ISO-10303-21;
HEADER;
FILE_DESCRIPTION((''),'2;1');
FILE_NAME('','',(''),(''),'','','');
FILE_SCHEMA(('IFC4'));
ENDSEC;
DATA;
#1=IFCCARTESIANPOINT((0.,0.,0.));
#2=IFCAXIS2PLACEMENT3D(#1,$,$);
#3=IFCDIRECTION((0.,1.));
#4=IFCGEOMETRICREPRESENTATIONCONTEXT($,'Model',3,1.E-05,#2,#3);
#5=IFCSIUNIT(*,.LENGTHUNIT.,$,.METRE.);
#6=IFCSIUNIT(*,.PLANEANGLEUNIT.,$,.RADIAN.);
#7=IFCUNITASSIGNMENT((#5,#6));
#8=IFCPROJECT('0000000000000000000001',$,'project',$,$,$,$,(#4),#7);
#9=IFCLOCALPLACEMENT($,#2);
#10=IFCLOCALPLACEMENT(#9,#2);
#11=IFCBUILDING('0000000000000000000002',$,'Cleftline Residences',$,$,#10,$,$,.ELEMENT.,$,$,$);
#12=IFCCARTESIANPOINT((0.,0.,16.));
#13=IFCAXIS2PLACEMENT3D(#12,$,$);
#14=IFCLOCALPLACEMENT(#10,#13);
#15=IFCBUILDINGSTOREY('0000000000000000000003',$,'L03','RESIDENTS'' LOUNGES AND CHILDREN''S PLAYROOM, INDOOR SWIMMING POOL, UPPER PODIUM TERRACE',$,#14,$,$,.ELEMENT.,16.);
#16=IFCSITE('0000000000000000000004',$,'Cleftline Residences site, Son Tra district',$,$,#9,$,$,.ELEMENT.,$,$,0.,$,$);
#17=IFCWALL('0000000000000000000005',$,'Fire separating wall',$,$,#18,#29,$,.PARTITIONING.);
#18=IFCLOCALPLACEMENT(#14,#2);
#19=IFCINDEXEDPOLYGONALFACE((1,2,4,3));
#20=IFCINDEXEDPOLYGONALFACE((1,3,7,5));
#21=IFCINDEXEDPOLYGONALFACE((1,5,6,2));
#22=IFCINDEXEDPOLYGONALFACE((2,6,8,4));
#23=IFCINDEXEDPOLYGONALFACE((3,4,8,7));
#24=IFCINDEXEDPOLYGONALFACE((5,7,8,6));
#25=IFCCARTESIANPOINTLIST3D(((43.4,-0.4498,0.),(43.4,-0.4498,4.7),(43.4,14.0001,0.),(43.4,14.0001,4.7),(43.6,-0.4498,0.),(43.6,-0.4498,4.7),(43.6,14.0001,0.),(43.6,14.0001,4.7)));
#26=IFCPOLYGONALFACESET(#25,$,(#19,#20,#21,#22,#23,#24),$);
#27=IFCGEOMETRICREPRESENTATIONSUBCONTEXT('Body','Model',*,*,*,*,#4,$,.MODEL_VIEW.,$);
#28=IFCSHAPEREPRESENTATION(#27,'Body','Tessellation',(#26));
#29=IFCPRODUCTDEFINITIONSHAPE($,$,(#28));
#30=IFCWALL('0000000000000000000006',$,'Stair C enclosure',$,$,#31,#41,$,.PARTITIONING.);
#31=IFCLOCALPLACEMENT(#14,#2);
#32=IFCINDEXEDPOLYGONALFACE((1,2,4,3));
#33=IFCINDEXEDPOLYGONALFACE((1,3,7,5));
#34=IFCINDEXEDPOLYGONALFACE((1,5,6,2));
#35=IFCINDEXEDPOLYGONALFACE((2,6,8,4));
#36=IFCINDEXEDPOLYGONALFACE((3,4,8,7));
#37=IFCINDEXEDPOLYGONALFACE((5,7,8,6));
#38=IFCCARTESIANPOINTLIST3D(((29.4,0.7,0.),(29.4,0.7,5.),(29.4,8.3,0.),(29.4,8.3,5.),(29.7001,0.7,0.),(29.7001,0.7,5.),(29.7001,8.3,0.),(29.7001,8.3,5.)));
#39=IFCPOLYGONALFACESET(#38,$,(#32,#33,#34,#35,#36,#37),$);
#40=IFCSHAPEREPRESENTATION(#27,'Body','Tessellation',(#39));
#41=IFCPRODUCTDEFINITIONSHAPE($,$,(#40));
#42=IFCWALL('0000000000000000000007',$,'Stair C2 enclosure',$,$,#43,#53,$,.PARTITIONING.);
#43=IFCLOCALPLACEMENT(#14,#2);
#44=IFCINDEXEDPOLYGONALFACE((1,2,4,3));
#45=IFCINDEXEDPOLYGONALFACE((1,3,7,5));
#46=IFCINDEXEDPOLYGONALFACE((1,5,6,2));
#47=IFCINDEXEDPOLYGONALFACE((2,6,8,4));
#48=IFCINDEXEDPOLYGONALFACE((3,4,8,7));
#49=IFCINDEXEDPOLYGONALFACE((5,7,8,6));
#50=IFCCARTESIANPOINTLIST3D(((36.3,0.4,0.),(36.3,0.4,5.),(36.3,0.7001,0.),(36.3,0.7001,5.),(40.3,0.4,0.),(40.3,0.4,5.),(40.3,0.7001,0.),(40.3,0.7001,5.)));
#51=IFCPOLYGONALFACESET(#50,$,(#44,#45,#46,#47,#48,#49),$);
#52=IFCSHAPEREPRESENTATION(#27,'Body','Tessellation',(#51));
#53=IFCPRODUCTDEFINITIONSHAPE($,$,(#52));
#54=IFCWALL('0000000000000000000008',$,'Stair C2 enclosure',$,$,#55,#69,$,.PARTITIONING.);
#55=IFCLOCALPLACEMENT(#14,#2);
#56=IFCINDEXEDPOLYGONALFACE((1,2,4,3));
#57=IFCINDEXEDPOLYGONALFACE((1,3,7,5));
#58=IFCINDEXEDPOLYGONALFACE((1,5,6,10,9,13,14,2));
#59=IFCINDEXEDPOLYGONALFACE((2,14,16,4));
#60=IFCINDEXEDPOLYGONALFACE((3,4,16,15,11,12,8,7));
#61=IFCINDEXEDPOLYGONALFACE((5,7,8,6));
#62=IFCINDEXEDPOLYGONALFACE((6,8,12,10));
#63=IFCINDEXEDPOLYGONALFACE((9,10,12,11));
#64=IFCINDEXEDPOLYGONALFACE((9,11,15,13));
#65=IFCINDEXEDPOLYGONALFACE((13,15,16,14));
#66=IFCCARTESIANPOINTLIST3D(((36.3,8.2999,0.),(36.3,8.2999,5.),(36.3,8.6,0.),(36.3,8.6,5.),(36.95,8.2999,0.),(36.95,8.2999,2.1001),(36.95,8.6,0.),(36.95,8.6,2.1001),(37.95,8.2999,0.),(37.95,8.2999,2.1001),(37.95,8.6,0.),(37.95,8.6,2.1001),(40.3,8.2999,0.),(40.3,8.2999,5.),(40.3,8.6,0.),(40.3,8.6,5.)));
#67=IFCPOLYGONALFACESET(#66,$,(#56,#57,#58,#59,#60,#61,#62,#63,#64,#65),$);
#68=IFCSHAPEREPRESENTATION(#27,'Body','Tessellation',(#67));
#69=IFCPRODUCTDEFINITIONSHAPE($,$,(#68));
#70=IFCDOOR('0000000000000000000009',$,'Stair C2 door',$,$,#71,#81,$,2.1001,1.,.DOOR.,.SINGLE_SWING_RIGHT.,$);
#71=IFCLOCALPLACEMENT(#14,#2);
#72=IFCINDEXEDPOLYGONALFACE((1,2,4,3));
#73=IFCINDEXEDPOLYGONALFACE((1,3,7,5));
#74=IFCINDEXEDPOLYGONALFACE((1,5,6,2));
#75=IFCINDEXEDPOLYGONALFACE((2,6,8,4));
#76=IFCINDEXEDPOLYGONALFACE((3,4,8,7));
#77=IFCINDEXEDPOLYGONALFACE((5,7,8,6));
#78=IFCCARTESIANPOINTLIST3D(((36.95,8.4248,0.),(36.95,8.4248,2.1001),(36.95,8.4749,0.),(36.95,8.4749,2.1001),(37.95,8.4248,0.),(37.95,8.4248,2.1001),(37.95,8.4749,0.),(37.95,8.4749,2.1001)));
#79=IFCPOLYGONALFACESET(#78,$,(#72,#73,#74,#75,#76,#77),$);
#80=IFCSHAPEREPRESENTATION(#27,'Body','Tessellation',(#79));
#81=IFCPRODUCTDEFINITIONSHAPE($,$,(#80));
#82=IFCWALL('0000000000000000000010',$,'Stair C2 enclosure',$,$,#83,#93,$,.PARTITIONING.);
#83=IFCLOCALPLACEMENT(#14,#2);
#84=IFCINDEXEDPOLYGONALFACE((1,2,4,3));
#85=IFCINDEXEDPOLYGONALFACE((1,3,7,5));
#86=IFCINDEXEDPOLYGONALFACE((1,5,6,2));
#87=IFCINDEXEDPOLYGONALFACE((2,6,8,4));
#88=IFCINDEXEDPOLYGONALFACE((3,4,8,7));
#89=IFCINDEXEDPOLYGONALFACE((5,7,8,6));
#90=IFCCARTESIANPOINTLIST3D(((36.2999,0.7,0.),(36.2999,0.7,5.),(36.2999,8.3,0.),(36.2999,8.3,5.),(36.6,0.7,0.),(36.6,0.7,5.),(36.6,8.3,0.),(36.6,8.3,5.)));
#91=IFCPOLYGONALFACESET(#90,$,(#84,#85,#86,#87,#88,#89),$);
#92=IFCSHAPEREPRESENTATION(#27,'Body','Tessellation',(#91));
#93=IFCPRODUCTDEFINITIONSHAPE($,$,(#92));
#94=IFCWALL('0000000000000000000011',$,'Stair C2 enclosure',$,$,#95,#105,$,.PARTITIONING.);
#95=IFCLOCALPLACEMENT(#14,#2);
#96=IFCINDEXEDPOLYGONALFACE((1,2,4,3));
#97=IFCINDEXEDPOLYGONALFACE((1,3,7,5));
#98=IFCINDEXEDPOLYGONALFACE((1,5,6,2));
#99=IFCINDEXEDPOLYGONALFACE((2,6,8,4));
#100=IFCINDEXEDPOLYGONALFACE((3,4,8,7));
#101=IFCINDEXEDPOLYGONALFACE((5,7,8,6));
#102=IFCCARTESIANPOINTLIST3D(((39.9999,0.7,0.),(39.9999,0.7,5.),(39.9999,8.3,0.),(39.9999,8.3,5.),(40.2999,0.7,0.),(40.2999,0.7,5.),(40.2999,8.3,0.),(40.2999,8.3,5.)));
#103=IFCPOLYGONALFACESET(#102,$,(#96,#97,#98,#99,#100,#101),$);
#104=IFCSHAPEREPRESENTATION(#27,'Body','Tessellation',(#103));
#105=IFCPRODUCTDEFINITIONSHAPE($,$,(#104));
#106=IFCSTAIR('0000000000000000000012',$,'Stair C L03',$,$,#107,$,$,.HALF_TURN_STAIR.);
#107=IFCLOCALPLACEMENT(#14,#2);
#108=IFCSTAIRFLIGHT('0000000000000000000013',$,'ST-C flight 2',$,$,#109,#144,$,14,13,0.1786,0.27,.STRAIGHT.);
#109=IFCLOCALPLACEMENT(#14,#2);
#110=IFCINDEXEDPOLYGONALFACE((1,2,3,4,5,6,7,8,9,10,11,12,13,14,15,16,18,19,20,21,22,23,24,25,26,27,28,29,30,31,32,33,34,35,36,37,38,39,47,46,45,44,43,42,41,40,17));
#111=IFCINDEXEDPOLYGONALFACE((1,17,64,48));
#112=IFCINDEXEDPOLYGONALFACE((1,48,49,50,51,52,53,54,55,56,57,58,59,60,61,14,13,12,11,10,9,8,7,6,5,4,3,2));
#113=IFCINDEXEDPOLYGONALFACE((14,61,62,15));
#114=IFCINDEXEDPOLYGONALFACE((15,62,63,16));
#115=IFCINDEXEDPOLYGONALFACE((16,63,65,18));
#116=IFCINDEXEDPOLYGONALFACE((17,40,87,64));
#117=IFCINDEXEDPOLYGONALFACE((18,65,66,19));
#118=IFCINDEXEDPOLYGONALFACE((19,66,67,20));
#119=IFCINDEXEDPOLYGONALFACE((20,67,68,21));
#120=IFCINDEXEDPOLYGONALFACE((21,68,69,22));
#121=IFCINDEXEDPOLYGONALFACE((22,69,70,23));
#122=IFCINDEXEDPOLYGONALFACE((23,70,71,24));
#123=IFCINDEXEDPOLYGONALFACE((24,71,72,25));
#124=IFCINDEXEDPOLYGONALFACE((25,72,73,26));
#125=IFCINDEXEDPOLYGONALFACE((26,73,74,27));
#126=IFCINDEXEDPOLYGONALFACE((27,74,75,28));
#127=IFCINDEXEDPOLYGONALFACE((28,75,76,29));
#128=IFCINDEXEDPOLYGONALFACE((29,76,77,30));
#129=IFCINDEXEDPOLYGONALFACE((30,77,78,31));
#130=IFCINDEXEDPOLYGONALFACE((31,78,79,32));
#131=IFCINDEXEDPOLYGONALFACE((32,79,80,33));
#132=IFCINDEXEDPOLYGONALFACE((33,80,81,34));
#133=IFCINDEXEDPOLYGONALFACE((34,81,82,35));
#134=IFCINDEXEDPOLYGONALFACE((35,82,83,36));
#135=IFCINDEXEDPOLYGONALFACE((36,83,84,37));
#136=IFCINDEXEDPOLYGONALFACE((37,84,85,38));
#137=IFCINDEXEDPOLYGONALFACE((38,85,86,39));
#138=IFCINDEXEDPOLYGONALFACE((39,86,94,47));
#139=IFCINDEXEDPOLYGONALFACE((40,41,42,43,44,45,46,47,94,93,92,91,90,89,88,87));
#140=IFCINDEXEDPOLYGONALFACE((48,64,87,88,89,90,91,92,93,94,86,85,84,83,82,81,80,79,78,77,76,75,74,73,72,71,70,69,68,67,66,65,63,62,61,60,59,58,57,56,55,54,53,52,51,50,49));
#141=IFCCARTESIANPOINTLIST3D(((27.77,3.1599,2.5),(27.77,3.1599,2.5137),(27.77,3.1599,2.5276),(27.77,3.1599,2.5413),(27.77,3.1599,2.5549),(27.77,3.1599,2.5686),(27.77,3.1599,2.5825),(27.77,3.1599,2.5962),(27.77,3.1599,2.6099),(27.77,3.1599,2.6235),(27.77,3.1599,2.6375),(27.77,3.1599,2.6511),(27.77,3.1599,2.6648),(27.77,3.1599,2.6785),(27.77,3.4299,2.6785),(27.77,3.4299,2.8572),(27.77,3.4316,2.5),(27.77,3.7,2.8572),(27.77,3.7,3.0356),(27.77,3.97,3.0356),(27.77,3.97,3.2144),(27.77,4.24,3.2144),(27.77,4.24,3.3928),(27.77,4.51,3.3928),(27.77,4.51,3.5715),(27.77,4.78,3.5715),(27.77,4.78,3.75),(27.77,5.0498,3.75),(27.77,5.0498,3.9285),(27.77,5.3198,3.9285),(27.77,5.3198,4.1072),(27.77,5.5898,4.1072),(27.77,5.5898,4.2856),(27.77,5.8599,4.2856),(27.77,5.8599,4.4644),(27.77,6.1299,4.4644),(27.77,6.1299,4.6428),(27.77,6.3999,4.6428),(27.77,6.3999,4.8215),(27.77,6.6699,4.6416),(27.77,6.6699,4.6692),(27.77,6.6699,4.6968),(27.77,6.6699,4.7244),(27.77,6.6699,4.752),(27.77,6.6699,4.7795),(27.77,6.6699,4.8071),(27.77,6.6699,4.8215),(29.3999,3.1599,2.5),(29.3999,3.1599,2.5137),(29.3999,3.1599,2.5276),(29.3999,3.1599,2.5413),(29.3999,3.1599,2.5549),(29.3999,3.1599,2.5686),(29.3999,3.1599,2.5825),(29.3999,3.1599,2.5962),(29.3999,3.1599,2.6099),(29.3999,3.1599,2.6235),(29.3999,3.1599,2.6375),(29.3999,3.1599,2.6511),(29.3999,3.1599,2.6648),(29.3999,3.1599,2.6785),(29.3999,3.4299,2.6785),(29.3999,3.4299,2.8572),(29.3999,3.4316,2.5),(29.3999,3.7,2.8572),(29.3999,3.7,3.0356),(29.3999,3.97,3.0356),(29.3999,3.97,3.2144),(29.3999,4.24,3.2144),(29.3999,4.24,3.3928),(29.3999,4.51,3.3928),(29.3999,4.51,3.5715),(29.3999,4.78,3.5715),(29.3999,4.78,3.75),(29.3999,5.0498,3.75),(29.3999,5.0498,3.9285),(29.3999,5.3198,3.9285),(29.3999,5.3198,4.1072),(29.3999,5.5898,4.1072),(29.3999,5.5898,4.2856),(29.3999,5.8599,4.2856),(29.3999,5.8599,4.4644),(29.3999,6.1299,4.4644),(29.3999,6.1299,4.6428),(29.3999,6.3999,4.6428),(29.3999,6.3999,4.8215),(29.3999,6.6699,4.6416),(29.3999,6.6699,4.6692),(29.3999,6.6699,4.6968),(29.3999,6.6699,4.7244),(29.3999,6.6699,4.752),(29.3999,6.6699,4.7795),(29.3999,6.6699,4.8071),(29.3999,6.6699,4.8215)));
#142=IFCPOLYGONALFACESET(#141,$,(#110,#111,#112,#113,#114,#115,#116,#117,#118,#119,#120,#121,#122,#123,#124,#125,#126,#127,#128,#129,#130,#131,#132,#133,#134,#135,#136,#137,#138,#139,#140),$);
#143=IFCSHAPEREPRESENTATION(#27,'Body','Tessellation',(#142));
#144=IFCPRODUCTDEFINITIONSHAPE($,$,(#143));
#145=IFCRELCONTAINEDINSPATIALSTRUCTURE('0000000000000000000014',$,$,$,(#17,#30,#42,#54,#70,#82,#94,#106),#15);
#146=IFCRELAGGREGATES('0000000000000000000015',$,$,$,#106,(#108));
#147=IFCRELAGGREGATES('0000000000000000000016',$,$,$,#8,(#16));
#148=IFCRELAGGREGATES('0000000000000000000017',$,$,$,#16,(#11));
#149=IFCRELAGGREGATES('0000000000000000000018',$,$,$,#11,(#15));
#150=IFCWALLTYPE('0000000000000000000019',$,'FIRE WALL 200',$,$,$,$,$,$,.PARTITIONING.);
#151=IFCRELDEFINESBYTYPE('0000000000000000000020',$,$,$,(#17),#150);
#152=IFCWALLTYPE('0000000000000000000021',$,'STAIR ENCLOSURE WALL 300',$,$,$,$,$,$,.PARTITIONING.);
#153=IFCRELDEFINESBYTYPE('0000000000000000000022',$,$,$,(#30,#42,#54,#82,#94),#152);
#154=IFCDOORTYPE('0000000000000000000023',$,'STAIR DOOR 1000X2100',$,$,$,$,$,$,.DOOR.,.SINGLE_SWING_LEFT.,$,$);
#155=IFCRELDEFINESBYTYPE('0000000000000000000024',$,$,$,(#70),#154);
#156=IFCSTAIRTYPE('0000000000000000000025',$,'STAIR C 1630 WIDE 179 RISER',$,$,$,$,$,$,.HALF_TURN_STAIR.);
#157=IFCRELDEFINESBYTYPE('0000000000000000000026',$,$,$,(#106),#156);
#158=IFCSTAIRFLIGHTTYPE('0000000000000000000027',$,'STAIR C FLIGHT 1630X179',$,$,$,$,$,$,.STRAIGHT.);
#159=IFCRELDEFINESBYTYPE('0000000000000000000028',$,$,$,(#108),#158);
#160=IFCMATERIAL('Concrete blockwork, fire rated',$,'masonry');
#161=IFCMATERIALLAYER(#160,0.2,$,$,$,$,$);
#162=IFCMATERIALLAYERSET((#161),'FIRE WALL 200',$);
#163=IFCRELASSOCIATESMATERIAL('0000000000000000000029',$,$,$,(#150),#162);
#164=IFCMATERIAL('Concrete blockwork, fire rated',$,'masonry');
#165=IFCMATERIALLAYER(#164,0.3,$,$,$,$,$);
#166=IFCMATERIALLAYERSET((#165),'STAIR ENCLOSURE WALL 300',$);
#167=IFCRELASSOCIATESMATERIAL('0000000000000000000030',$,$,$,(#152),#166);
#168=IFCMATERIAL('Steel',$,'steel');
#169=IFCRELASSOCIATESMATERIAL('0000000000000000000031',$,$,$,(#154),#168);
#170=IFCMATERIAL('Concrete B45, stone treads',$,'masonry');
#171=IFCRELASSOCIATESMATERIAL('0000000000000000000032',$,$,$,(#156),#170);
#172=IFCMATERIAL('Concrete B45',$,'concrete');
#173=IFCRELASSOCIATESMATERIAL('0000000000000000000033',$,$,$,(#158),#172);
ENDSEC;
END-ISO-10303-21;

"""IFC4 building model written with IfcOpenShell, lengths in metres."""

from ifc_helpers import new_model, si_unit, direction, frame, frame_2d, origin, place, context, subcontext, project, spatial, polyline, rectangle, outline, extrude, material, layer, layer_set, type_object, element, fill, aggregate, save


model = new_model("IFC4")

# Units and contexts
model_context = context("Model", 3, precision=1e-05, world=origin(), true_north=direction((0.0, 1.0)))
body_context = subcontext(model_context, "Body", "Model", "MODEL_VIEW")
ifc_project = project(units=[si_unit("LENGTHUNIT", "METRE"), si_unit("PLANEANGLEUNIT", "RADIAN")], contexts=[model_context])

# Site, building, storey
site_placement = place(None, origin())
site = spatial("IfcSite", under=ifc_project, at=site_placement, Name="Cleftline Residences site, Son Tra district", CompositionType="ELEMENT", RefElevation=0.0)
building_placement = place(site_placement, origin())
building = spatial("IfcBuilding", under=site, at=building_placement, Name="Cleftline Residences", CompositionType="ELEMENT")
storey_placement = place(building_placement, frame((0.0, 0.0, 16.0)))
storey = spatial("IfcBuildingStorey", under=building, at=storey_placement, Name="L03", Description="RESIDENTS' LOUNGES AND CHILDREN'S PLAYROOM, INDOOR SWIMMING POOL, UPPER PODIUM TERRACE", CompositionType="ELEMENT", Elevation=16.0)

# Walls
ifc_material_1 = material(Name="Concrete blockwork, fire rated", Category="masonry")
ifc_layer_1 = layer(ifc_material_1, 0.2)
ifc_layer_set_1 = layer_set([ifc_layer_1], Name="FIRE WALL 200")
wall_type_1 = type_object("IfcWallType", Name="FIRE WALL 200", PredefinedType="PARTITIONING", material=ifc_layer_set_1)
wall_1_placement = place(storey_placement, frame((43.5, -0.45, 0.0), z_axis=(0.0, 0.0, 1.0), x_axis=(0.0, 1.0, 0.0)))
element("IfcWall", 1, at=wall_1_placement, inside=storey, type_object=wall_type_1, Name="Fire separating wall", PredefinedType="PARTITIONING", context=body_context, shape_type="SweptSolid", body=[
    extrude(rectangle(XDim=14.45, YDim=0.2, at=frame_2d((7.2251, 0.0))), origin(), (0.0, 0.0, 1.0), 4.7),
])
ifc_material_2 = material(Name="Concrete blockwork, fire rated", Category="masonry")
ifc_layer_2 = layer(ifc_material_2, 0.3)
ifc_layer_set_2 = layer_set([ifc_layer_2], Name="STAIR ENCLOSURE WALL 300")
wall_type_2 = type_object("IfcWallType", Name="STAIR ENCLOSURE WALL 300", PredefinedType="PARTITIONING", material=ifc_layer_set_2)
wall_2_placement = place(storey_placement, frame((29.55, 0.7, 0.0), z_axis=(0.0, 0.0, 1.0), x_axis=(0.0, 1.0, 0.0)))
element("IfcWall", 2, at=wall_2_placement, inside=storey, type_object=wall_type_2, Name="Stair C enclosure", PredefinedType="PARTITIONING", context=body_context, shape_type="SweptSolid", body=[
    extrude(rectangle(XDim=7.6001, YDim=0.3, at=frame_2d((3.8, 0.0))), origin(), (0.0, 0.0, 1.0), 5.0),
])
wall_3_placement = place(storey_placement, frame((36.3, 0.55, 0.0), z_axis=(0.0, 0.0, 1.0), x_axis=(1.0, 0.0, 0.0)))
element("IfcWall", 3, at=wall_3_placement, inside=storey, type_object=wall_type_2, Name="Stair C2 enclosure", PredefinedType="PARTITIONING", context=body_context, shape_type="SweptSolid", body=[
    extrude(rectangle(XDim=4.0, YDim=0.3, at=frame_2d((2.0, 0.0))), origin(), (0.0, 0.0, 1.0), 5.0),
])

# Wall, opening, door
wall_4_placement = place(storey_placement, frame((36.3, 8.45, 0.0), z_axis=(0.0, 0.0, 1.0), x_axis=(1.0, 0.0, 0.0)))
wall_4 = element("IfcWall", 4, at=wall_4_placement, inside=storey, type_object=wall_type_2, Name="Stair C2 enclosure", PredefinedType="PARTITIONING", context=body_context, shape_type="SweptSolid", body=[
    extrude(rectangle(XDim=4.0, YDim=0.3, at=frame_2d((2.0, 0.0))), origin(), (0.0, 0.0, 1.0), 5.0),
])
opening_placement = place(wall_4_placement, frame((0.6499, 0.0, 0.0)))
opening = element("IfcOpeningElement", 5, at=opening_placement, cuts=wall_4, PredefinedType="OPENING", context=body_context, shape_type="SweptSolid", body=[
    extrude(rectangle(XDim=1.0, YDim=2.1001, at=frame_2d((0.5, 1.05))), frame((0.0, 0.1599, 0.0), z_axis=(0.0, -1.0, 0.0), x_axis=(1.0, 0.0, 0.0)), (0.0, 0.0, 1.0), 0.3201),
])
ifc_material_3 = material(Name="Steel", Category="steel")
door_type = type_object("IfcDoorType", Name="STAIR DOOR 1000X2100", OperationType="SINGLE_SWING_LEFT", PredefinedType="DOOR", material=ifc_material_3)
door_placement = place(opening_placement, origin())
door = element("IfcDoor", 6, at=door_placement, inside=storey, type_object=door_type, Name="Stair C2 door", OperationType="SINGLE_SWING_RIGHT", OverallHeight=2.1001, OverallWidth=1.0, PredefinedType="DOOR", context=body_context, shape_type="SweptSolid", body=[
    extrude(rectangle(XDim=1.0, YDim=2.1001, at=frame_2d((0.5, 1.05))), frame((0.0, 0.0249, 0.0), z_axis=(0.0, -1.0, 0.0), x_axis=(1.0, 0.0, 0.0)), (0.0, 0.0, 1.0), 0.05),
])
fill(opening, door)

# Walls
for number, where, z_axis, x_axis, name in (
    (7, (36.45, 0.7, 0.0), (0.0, 0.0, 1.0), (0.0, 1.0, 0.0), "Stair C2 enclosure"),
    (8, (40.1499, 0.7, 0.0), (0.0, 0.0, 1.0), (0.0, 1.0, 0.0), "Stair C2 enclosure"),
):
    element("IfcWall", number, at=place(storey_placement, frame(where, z_axis=z_axis, x_axis=x_axis)), inside=storey, type_object=wall_type_2, Name=name, PredefinedType="PARTITIONING", context=body_context, shape_type="SweptSolid", body=[
        extrude(rectangle(XDim=7.6001, YDim=0.3, at=frame_2d((3.8, 0.0))), origin(), (0.0, 0.0, 1.0), 5.0),
    ])

# Stair, stair flight
ifc_material_4 = material(Name="Concrete B45, stone treads", Category="masonry")
stair_type_1 = type_object("IfcStairType", Name="STAIR C 1630 WIDE 179 RISER", PredefinedType="HALF_TURN_STAIR", material=ifc_material_4)
stair_1_placement = place(storey_placement, origin())
stair_1 = element("IfcStair", 9, at=stair_1_placement, inside=storey, type_object=stair_type_1, Name="Stair C L03", PredefinedType="HALF_TURN_STAIR")
ifc_material_5 = material(Name="Concrete B45", Category="concrete")
stair_flight_type_1 = type_object("IfcStairFlightType", Name="STAIR C FLIGHT 1630X179", PredefinedType="STRAIGHT", material=ifc_material_5)
stair_flight_1_placement = place(storey_placement, frame((28.585, 3.1599, 2.5), z_axis=(0.0, 0.0, 1.0), x_axis=(0.0, 1.0, 0.0)))
stair_flight_1 = element("IfcStairFlight", 10, at=stair_flight_1_placement, type_object=stair_flight_type_1, Name="ST-C flight 2", NumberOfRisers=14, NumberOfTreads=13, PredefinedType="STRAIGHT", RiserHeight=0.1786, TreadLength=0.27, context=body_context, shape_type="SweptSolid", body=[
    extrude(outline(polyline([(0.0, 0.0), (0.0, 0.0137), (0.0, 0.0276), (0.0, 0.0413), (0.0, 0.0549), (0.0, 0.0686), (0.0, 0.0825), (0.0, 0.0962), (0.0, 0.1099), (0.0, 0.1235), (0.0, 0.1375), (0.0, 0.1511), (0.0, 0.1648), (0.0, 0.1785), (0.27, 0.1785), (0.27, 0.3572), (0.54, 0.3572), (0.54, 0.5356), (0.8101, 0.5356), (0.8101, 0.7144), (1.0801, 0.7144), (1.0801, 0.8928), (1.3501, 0.8928), (1.3501, 1.0715), (1.6201, 1.0715), (1.6201, 1.25), (1.8899, 1.25), (1.8899, 1.4285), (2.1599, 1.4285), (2.1599, 1.6072), (2.4299, 1.6072), (2.4299, 1.7856), (2.7, 1.7856), (2.7, 1.9644), (2.97, 1.9644), (2.97, 2.1428), (3.24, 2.1428), (3.24, 2.3215), (3.51, 2.3215), (3.51, 2.5), (3.51, 2.4724), (3.51, 2.4448), (3.51, 2.4172), (3.51, 2.3896), (3.51, 2.3623), (3.51, 2.3347), (3.51, 2.3071), (3.51, 2.2795), (3.51, 2.252), (3.51, 2.2244), (3.51, 2.1968), (3.51, 2.1692), (3.51, 2.1416), (0.2717, 0.0), (0.0, 0.0)])), frame((0.0, 0.8149, 0.0), z_axis=(0.0, -1.0, 0.0), x_axis=(1.0, 0.0, 0.0)), (0.0, 0.0, 1.0), 1.6299),
])
aggregate(stair_1, [stair_flight_1])

save(model, "model.ifc")
